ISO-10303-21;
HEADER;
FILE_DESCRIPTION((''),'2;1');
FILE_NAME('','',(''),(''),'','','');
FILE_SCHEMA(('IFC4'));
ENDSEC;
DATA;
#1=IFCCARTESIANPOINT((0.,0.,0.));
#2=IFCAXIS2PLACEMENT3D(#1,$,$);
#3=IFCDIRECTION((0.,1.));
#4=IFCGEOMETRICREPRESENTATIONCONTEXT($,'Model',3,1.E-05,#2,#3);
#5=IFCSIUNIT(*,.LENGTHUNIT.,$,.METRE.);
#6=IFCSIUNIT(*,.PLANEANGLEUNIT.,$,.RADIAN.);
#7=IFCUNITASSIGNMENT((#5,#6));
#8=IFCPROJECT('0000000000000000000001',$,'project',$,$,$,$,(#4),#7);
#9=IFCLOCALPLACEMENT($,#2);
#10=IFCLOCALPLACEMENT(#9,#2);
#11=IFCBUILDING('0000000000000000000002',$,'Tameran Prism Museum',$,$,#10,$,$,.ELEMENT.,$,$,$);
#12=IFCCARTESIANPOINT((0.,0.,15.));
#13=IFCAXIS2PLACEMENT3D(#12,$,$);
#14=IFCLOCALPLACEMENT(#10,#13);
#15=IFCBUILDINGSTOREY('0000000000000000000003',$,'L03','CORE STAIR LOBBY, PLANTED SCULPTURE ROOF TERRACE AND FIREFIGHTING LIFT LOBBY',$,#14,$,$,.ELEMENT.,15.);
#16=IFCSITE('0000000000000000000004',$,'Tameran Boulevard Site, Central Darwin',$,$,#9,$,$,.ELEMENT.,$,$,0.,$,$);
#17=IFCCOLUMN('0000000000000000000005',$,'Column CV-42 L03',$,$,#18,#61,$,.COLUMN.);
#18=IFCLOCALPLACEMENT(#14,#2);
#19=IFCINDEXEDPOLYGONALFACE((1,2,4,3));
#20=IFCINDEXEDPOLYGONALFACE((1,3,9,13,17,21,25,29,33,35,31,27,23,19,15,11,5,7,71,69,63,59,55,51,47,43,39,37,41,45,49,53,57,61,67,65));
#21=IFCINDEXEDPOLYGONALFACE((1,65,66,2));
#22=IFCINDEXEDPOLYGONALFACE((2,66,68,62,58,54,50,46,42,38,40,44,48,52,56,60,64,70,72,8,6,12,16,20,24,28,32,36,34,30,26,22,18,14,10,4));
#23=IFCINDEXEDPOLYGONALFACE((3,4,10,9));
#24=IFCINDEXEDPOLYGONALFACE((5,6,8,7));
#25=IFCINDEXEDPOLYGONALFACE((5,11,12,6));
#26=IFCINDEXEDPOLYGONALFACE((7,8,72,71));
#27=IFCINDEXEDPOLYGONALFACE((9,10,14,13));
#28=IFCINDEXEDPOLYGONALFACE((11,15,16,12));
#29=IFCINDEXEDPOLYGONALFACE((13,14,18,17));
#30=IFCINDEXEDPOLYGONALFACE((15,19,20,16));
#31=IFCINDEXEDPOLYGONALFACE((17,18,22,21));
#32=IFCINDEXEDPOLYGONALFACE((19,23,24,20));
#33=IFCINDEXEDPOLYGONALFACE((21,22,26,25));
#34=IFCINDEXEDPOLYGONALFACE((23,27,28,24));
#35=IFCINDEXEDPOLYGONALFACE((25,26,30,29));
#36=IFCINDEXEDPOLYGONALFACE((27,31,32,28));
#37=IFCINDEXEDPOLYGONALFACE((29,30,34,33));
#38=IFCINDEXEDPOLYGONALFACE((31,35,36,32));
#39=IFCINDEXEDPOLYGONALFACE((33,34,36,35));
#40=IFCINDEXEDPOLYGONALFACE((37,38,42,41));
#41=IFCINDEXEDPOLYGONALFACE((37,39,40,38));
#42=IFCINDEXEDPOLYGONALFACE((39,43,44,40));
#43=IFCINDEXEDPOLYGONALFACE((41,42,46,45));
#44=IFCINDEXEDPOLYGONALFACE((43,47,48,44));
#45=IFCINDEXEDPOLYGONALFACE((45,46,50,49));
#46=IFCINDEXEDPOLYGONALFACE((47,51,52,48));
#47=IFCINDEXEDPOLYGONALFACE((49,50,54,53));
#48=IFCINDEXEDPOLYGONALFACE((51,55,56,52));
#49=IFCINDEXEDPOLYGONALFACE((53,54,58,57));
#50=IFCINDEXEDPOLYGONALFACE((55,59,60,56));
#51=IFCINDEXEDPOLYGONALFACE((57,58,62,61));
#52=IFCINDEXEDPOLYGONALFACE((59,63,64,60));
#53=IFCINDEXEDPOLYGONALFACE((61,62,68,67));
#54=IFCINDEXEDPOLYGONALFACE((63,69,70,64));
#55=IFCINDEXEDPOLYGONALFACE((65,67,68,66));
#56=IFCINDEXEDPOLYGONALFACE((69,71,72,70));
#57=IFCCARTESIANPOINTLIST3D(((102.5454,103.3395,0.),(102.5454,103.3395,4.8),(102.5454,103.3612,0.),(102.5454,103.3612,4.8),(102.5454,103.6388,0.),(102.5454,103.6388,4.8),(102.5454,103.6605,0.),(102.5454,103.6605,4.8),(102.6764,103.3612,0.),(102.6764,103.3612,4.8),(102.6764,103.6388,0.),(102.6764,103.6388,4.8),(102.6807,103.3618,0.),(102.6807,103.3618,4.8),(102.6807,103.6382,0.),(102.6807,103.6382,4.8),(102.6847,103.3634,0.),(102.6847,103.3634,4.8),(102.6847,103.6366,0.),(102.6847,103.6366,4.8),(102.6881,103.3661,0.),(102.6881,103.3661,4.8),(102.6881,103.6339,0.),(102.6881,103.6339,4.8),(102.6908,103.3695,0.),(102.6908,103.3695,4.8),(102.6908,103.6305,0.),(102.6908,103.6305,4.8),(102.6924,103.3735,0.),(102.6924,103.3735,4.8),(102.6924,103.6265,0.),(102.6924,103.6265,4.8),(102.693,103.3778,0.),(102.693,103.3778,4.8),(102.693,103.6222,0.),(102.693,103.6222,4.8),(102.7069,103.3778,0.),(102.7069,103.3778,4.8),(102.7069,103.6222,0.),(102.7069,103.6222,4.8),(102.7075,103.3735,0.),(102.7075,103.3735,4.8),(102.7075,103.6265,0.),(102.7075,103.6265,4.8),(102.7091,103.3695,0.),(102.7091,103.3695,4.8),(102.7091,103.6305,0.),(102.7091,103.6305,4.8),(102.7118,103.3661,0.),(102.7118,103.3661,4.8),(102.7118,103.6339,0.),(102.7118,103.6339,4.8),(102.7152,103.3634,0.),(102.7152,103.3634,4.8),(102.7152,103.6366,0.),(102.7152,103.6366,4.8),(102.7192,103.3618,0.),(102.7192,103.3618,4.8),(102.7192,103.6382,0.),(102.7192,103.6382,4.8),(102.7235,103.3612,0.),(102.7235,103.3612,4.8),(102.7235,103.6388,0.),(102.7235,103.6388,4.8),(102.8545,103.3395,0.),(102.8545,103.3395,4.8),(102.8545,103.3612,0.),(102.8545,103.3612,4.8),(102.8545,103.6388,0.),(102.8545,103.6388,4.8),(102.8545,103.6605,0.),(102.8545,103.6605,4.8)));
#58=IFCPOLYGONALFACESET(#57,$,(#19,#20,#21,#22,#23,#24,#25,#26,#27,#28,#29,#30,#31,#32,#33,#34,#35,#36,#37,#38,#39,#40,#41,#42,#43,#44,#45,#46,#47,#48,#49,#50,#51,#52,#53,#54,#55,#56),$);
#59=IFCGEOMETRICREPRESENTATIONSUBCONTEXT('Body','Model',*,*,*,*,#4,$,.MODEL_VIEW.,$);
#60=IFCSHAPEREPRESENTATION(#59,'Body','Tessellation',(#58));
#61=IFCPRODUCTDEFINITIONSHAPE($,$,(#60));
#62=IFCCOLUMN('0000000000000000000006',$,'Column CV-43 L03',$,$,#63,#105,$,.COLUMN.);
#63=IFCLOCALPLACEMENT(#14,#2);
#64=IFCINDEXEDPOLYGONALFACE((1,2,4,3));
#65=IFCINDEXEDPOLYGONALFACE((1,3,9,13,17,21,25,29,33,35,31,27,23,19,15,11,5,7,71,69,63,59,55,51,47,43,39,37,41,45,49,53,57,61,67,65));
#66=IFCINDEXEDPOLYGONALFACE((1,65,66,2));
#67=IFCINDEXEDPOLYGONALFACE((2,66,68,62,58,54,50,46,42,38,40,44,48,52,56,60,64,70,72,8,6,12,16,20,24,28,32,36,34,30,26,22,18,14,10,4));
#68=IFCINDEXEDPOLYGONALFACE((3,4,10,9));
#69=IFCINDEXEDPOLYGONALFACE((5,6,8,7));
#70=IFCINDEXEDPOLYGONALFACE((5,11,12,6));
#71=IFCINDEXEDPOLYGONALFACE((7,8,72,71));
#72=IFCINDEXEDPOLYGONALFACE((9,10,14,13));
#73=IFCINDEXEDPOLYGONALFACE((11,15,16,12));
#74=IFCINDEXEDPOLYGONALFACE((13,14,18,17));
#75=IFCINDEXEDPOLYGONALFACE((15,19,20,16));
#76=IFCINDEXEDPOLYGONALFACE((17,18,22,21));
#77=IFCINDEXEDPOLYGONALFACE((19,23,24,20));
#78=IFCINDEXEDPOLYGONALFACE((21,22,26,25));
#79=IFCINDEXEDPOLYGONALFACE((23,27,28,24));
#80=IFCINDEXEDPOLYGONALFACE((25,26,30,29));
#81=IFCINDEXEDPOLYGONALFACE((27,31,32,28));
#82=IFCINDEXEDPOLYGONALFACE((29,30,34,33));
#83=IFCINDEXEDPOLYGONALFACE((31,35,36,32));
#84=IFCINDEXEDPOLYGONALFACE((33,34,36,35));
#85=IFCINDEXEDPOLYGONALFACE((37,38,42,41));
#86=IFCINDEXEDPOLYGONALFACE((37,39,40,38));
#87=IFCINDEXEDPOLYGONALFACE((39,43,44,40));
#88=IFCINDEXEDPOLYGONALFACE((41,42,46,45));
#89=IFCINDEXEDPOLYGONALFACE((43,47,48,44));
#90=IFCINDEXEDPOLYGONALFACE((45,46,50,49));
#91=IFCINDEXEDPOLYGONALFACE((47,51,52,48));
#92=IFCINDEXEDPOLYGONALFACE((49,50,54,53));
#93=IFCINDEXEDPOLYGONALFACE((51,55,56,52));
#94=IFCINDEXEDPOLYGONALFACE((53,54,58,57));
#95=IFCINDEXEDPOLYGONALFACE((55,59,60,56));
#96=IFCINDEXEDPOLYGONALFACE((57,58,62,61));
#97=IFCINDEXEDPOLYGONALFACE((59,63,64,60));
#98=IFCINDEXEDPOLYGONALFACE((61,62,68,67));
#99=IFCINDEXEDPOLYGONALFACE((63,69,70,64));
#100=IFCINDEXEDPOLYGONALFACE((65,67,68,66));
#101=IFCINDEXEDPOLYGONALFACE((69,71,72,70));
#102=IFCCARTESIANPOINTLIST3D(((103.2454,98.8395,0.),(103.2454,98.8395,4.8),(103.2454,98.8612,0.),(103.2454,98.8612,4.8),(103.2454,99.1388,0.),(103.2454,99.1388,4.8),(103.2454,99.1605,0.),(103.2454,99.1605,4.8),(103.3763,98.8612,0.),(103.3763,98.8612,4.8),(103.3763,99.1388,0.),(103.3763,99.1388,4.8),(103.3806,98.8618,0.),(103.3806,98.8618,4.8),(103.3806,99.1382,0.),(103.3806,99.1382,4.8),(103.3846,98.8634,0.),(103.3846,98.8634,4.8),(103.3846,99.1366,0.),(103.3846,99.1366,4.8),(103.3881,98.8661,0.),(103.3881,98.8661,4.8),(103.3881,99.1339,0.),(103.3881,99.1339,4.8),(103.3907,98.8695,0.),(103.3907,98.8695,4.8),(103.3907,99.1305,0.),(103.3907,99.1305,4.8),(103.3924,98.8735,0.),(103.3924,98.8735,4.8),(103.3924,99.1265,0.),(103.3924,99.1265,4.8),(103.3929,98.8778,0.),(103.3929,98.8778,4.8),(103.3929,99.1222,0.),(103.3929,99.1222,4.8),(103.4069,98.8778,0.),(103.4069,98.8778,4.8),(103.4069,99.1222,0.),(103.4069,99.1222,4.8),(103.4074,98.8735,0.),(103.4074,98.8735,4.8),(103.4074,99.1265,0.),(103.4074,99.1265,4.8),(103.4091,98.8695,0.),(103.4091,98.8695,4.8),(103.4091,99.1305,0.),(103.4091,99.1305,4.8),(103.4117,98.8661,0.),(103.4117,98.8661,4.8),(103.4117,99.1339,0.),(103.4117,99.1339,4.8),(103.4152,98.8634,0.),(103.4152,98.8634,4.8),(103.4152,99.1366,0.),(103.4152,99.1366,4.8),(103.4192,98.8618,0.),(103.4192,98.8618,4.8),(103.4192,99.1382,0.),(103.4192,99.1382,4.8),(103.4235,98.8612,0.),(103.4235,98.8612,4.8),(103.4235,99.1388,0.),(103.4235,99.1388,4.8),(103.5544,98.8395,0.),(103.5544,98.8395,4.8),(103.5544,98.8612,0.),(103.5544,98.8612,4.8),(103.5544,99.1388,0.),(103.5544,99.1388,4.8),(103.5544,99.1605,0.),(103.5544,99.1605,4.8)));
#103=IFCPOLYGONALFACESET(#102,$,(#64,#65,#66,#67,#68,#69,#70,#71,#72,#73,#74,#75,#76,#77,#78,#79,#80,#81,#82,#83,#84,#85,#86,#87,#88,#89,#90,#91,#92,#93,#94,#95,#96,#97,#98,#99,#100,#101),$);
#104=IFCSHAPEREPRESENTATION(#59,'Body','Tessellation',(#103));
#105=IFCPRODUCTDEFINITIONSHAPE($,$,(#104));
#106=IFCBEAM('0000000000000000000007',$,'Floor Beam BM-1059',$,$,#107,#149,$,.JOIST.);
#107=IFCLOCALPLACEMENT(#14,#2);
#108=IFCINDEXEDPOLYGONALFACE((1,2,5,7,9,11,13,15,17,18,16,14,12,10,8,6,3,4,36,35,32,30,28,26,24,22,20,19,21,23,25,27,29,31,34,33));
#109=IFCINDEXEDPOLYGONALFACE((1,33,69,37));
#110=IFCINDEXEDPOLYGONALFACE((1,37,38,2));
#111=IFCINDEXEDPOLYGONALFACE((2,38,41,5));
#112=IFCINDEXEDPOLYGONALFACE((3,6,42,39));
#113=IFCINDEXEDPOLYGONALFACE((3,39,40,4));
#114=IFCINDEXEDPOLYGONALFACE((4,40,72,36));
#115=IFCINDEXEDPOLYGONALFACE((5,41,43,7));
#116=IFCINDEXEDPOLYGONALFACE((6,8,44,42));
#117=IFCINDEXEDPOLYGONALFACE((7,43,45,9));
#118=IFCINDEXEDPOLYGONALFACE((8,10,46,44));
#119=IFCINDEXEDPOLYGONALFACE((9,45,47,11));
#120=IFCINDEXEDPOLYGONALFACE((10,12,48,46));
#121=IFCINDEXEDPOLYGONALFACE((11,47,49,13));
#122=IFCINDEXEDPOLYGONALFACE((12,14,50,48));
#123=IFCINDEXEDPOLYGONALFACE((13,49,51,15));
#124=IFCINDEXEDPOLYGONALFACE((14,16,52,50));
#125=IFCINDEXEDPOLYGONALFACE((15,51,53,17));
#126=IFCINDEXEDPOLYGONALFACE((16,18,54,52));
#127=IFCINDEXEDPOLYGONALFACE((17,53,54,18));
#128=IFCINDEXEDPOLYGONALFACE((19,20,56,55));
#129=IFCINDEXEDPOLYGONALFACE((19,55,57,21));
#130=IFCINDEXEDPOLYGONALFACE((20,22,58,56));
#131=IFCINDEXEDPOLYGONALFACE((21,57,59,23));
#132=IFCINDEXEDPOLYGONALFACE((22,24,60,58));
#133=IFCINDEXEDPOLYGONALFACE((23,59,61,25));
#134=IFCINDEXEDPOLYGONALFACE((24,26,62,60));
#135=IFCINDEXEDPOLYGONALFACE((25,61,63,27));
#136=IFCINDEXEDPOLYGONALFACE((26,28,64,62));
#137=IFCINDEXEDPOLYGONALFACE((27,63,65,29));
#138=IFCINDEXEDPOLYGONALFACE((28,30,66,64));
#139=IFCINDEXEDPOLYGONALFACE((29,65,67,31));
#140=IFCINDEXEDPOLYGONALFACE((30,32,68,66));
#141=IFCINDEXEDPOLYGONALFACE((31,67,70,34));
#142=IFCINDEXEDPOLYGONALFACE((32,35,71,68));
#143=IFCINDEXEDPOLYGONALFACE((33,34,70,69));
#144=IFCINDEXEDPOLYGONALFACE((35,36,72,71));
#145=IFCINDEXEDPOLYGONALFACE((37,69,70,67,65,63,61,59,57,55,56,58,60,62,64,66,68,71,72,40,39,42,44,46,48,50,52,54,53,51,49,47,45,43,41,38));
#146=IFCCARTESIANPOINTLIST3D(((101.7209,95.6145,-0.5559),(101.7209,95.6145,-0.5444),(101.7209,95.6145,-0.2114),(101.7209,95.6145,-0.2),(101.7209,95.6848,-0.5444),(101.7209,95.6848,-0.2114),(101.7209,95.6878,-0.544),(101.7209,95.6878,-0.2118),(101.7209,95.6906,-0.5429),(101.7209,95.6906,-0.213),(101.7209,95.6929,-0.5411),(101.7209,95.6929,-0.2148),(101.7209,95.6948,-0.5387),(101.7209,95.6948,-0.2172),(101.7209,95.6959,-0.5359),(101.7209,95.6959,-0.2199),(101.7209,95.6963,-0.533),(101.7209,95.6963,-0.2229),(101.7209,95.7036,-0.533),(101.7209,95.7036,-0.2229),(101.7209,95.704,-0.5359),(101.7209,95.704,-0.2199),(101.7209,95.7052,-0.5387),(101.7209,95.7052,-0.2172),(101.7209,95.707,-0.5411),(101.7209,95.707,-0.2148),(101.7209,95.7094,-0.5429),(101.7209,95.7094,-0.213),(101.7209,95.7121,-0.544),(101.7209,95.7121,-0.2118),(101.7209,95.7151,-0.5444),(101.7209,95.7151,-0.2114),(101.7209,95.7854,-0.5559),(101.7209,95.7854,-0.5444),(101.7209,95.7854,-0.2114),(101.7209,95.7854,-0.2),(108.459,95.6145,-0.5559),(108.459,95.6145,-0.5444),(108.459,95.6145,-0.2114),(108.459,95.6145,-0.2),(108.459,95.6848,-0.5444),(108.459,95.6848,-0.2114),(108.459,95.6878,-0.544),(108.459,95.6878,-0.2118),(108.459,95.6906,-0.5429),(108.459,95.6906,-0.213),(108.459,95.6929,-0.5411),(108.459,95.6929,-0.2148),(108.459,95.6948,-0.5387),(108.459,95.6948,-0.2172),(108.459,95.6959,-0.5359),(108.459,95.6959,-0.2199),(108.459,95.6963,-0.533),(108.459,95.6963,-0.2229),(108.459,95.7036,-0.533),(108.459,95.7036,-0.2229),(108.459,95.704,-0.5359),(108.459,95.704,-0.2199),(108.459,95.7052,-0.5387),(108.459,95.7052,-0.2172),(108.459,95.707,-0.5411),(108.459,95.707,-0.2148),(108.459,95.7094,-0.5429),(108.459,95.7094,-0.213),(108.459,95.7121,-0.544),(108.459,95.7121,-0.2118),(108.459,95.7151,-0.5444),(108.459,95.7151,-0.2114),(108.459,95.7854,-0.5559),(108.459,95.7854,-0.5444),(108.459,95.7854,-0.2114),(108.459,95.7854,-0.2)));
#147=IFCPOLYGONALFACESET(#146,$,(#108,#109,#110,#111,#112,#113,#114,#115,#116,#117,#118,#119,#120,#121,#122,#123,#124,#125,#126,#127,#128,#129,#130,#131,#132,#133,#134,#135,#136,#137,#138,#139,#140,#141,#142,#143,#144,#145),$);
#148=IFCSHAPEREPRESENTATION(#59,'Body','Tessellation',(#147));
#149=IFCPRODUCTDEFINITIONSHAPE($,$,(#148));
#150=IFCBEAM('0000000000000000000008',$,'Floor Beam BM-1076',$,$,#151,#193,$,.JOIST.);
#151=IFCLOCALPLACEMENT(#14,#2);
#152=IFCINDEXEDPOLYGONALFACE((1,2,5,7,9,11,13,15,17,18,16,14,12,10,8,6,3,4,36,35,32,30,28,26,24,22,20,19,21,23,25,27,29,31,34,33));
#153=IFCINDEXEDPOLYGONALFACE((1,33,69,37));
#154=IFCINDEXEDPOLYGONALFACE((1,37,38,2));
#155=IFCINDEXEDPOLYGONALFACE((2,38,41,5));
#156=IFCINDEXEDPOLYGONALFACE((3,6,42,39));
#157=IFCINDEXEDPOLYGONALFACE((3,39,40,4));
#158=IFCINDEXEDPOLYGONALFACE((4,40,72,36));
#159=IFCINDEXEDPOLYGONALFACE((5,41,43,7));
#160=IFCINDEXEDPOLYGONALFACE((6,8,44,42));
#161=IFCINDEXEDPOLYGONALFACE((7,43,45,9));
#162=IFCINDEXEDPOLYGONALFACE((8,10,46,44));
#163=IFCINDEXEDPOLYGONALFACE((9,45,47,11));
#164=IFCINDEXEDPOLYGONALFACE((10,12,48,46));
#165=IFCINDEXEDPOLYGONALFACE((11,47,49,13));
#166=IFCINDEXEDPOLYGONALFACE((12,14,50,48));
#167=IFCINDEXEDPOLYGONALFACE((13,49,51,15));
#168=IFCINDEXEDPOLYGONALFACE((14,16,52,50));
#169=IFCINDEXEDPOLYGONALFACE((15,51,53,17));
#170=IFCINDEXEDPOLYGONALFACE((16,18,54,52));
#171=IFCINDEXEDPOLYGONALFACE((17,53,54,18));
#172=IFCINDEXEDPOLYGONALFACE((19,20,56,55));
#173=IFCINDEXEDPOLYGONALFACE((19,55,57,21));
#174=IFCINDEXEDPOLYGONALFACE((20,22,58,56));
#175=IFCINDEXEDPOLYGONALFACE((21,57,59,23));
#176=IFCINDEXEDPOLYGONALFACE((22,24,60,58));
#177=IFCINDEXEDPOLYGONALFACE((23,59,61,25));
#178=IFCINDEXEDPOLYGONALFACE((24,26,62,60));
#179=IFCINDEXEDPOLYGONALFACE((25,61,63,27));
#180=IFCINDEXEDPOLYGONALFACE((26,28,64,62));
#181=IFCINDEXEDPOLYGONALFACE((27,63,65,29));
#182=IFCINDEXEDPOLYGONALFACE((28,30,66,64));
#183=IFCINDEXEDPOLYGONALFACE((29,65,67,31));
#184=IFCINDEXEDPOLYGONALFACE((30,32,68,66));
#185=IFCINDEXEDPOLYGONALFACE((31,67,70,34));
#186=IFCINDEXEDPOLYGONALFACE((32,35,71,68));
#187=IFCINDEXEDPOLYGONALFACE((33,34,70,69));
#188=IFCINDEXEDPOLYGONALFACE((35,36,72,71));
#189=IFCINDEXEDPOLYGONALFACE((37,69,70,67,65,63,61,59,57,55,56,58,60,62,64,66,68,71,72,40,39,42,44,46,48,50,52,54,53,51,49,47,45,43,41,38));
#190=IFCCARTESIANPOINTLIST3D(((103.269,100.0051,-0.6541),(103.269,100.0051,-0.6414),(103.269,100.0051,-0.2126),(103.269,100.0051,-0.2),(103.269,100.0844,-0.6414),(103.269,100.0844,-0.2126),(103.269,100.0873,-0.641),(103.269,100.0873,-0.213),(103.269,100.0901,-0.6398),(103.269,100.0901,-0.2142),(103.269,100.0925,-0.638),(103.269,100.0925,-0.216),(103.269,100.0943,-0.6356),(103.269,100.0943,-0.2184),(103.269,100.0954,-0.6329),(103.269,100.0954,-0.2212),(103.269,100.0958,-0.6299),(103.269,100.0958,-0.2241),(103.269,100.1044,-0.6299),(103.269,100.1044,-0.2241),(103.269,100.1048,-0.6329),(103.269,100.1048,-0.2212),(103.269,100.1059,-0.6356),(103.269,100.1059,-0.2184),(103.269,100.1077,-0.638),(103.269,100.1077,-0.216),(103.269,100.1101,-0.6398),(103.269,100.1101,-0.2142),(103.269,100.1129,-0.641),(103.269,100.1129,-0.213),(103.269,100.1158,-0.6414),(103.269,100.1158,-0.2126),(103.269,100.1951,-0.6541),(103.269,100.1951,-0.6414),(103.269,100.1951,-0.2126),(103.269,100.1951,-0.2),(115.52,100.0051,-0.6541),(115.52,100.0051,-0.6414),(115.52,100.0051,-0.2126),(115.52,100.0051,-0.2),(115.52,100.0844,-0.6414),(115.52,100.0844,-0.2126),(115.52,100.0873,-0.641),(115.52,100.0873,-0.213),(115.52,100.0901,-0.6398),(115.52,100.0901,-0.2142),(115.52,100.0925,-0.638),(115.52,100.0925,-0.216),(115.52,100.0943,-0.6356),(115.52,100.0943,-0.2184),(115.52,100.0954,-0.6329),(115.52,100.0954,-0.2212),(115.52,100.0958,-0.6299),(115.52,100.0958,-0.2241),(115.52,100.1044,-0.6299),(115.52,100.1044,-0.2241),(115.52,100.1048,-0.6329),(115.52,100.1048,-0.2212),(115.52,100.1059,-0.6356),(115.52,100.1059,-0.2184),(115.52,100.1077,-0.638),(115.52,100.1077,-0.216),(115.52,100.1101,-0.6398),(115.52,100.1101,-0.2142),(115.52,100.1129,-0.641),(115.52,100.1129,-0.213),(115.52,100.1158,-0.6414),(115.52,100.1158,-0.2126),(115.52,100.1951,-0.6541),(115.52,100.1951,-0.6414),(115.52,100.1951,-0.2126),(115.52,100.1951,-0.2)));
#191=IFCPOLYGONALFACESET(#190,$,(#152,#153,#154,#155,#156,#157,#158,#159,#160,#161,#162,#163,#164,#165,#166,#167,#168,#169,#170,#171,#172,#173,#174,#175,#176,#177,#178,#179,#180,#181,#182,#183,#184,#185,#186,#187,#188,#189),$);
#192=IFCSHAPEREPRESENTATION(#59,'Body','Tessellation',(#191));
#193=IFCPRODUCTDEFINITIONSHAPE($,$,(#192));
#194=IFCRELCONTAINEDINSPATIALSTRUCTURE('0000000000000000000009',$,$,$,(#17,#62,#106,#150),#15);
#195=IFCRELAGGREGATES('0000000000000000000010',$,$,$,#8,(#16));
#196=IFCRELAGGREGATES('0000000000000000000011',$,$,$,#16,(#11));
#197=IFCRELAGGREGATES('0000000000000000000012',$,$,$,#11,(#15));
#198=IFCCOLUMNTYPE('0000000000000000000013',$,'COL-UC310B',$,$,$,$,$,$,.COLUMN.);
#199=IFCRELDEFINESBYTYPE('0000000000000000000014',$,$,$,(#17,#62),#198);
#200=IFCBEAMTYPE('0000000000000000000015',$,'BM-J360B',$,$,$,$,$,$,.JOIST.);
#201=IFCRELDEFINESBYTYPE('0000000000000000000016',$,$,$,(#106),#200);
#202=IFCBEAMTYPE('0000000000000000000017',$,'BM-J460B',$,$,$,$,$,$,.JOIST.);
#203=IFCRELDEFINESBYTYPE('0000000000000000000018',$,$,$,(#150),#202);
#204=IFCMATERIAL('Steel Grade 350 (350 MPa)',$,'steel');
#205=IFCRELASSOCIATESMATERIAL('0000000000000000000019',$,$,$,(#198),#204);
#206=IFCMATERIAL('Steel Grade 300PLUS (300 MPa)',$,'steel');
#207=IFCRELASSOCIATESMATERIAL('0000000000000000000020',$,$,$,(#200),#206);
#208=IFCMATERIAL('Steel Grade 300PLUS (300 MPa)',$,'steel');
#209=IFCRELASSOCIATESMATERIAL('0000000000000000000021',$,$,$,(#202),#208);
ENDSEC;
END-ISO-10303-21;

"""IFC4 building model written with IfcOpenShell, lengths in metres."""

from ifc_helpers import new_model, si_unit, direction, frame, origin, origin_2d, place, context, subcontext, project, spatial, i_section, extrude, material, material_profile, profile_set, type_object, element, save


model = new_model("IFC4")

# Units and contexts
model_context = context("Model", 3, precision=1e-05, world=origin(), true_north=direction((0.0, 1.0)))
body_context = subcontext(model_context, "Body", "Model", "MODEL_VIEW")
ifc_project = project(units=[si_unit("LENGTHUNIT", "METRE"), si_unit("PLANEANGLEUNIT", "RADIAN")], contexts=[model_context])

# Site, building, storey
site_placement = place(None, origin())
site = spatial("IfcSite", under=ifc_project, at=site_placement, Name="Tameran Boulevard Site, Central Darwin", CompositionType="ELEMENT", RefElevation=0.0)
building_placement = place(site_placement, origin())
building = spatial("IfcBuilding", under=site, at=building_placement, Name="Tameran Prism Museum", CompositionType="ELEMENT")
storey_placement = place(building_placement, frame((0.0, 0.0, 15.0)))
storey = spatial("IfcBuildingStorey", under=building, at=storey_placement, Name="L03", Description="CORE STAIR LOBBY, PLANTED SCULPTURE ROOF TERRACE AND FIREFIGHTING LIFT LOBBY", CompositionType="ELEMENT", Elevation=15.0)

# Columns
ifc_material_1 = material(Name="Steel Grade 350 (350 MPa)", Category="steel")
ifc_material_profile_1 = material_profile(ifc_material_1, i_section(OverallWidth=0.3091, OverallDepth=0.321, WebThickness=0.0139, FlangeThickness=0.0217, FilletRadius=0.0166, at=origin_2d()))
ifc_profile_set_1 = profile_set([ifc_material_profile_1])
column_type = type_object("IfcColumnType", Name="COL-UC310B", PredefinedType="COLUMN", material=ifc_profile_set_1)
for number, where, z_axis, x_axis, name in (
    (1, (102.7, 103.5, 0.0), (0.0, 0.0, 1.0), (1.0, 0.0, 0.0), "Column CV-42 L03"),
    (2, (103.3999, 99.0, 0.0), (0.0, 0.0, 1.0), (1.0, 0.0, 0.0), "Column CV-43 L03"),
):
    element("IfcColumn", number, at=place(storey_placement, frame(where, z_axis=z_axis, x_axis=x_axis)), inside=storey, type_object=column_type, Name=name, PredefinedType="COLUMN", context=body_context, shape_type="SweptSolid", body=[
        extrude(i_section(OverallWidth=0.3091, OverallDepth=0.321, WebThickness=0.0139, FlangeThickness=0.0217, FilletRadius=0.0166, at=origin_2d()), origin(), (0.0, 0.0, 1.0), 4.8),
    ])

# Beams
ifc_material_2 = material(Name="Steel Grade 300PLUS (300 MPa)", Category="steel")
ifc_material_profile_2 = material_profile(ifc_material_2, i_section(OverallWidth=0.1709, OverallDepth=0.356, WebThickness=0.0073, FlangeThickness=0.0115, FilletRadius=0.0115, at=origin_2d()))
ifc_profile_set_2 = profile_set([ifc_material_profile_2])
beam_type_1 = type_object("IfcBeamType", Name="BM-J360B", PredefinedType="JOIST", material=ifc_profile_set_2)
beam_1_placement = place(storey_placement, frame((101.7209, 95.7, -0.3779), z_axis=(1.0, 0.0, 0.0), x_axis=(0.0, 1.0, 0.0)))
element("IfcBeam", 3, at=beam_1_placement, inside=storey, type_object=beam_type_1, Name="Floor Beam BM-1059", PredefinedType="JOIST", context=body_context, shape_type="SweptSolid", body=[
    extrude(i_section(OverallWidth=0.1709, OverallDepth=0.356, WebThickness=0.0073, FlangeThickness=0.0115, FilletRadius=0.0115, at=origin_2d()), origin(), (0.0, 0.0, 1.0), 6.738),
])
ifc_material_3 = material(Name="Steel Grade 300PLUS (300 MPa)", Category="steel")
ifc_material_profile_3 = material_profile(ifc_material_3, i_section(OverallWidth=0.1899, OverallDepth=0.4541, WebThickness=0.0085, FlangeThickness=0.0127, FilletRadius=0.0115, at=origin_2d()))
ifc_profile_set_3 = profile_set([ifc_material_profile_3])
beam_type_2 = type_object("IfcBeamType", Name="BM-J460B", PredefinedType="JOIST", material=ifc_profile_set_3)
beam_2_placement = place(storey_placement, frame((103.269, 100.1001, -0.427), z_axis=(1.0, 0.0, 0.0), x_axis=(0.0, 1.0, 0.0)))
element("IfcBeam", 4, at=beam_2_placement, inside=storey, type_object=beam_type_2, Name="Floor Beam BM-1076", PredefinedType="JOIST", context=body_context, shape_type="SweptSolid", body=[
    extrude(i_section(OverallWidth=0.1899, OverallDepth=0.4541, WebThickness=0.0085, FlangeThickness=0.0127, FilletRadius=0.0115, at=origin_2d()), origin(), (0.0, 0.0, 1.0), 12.251),
])

save(model, "model.ifc")
